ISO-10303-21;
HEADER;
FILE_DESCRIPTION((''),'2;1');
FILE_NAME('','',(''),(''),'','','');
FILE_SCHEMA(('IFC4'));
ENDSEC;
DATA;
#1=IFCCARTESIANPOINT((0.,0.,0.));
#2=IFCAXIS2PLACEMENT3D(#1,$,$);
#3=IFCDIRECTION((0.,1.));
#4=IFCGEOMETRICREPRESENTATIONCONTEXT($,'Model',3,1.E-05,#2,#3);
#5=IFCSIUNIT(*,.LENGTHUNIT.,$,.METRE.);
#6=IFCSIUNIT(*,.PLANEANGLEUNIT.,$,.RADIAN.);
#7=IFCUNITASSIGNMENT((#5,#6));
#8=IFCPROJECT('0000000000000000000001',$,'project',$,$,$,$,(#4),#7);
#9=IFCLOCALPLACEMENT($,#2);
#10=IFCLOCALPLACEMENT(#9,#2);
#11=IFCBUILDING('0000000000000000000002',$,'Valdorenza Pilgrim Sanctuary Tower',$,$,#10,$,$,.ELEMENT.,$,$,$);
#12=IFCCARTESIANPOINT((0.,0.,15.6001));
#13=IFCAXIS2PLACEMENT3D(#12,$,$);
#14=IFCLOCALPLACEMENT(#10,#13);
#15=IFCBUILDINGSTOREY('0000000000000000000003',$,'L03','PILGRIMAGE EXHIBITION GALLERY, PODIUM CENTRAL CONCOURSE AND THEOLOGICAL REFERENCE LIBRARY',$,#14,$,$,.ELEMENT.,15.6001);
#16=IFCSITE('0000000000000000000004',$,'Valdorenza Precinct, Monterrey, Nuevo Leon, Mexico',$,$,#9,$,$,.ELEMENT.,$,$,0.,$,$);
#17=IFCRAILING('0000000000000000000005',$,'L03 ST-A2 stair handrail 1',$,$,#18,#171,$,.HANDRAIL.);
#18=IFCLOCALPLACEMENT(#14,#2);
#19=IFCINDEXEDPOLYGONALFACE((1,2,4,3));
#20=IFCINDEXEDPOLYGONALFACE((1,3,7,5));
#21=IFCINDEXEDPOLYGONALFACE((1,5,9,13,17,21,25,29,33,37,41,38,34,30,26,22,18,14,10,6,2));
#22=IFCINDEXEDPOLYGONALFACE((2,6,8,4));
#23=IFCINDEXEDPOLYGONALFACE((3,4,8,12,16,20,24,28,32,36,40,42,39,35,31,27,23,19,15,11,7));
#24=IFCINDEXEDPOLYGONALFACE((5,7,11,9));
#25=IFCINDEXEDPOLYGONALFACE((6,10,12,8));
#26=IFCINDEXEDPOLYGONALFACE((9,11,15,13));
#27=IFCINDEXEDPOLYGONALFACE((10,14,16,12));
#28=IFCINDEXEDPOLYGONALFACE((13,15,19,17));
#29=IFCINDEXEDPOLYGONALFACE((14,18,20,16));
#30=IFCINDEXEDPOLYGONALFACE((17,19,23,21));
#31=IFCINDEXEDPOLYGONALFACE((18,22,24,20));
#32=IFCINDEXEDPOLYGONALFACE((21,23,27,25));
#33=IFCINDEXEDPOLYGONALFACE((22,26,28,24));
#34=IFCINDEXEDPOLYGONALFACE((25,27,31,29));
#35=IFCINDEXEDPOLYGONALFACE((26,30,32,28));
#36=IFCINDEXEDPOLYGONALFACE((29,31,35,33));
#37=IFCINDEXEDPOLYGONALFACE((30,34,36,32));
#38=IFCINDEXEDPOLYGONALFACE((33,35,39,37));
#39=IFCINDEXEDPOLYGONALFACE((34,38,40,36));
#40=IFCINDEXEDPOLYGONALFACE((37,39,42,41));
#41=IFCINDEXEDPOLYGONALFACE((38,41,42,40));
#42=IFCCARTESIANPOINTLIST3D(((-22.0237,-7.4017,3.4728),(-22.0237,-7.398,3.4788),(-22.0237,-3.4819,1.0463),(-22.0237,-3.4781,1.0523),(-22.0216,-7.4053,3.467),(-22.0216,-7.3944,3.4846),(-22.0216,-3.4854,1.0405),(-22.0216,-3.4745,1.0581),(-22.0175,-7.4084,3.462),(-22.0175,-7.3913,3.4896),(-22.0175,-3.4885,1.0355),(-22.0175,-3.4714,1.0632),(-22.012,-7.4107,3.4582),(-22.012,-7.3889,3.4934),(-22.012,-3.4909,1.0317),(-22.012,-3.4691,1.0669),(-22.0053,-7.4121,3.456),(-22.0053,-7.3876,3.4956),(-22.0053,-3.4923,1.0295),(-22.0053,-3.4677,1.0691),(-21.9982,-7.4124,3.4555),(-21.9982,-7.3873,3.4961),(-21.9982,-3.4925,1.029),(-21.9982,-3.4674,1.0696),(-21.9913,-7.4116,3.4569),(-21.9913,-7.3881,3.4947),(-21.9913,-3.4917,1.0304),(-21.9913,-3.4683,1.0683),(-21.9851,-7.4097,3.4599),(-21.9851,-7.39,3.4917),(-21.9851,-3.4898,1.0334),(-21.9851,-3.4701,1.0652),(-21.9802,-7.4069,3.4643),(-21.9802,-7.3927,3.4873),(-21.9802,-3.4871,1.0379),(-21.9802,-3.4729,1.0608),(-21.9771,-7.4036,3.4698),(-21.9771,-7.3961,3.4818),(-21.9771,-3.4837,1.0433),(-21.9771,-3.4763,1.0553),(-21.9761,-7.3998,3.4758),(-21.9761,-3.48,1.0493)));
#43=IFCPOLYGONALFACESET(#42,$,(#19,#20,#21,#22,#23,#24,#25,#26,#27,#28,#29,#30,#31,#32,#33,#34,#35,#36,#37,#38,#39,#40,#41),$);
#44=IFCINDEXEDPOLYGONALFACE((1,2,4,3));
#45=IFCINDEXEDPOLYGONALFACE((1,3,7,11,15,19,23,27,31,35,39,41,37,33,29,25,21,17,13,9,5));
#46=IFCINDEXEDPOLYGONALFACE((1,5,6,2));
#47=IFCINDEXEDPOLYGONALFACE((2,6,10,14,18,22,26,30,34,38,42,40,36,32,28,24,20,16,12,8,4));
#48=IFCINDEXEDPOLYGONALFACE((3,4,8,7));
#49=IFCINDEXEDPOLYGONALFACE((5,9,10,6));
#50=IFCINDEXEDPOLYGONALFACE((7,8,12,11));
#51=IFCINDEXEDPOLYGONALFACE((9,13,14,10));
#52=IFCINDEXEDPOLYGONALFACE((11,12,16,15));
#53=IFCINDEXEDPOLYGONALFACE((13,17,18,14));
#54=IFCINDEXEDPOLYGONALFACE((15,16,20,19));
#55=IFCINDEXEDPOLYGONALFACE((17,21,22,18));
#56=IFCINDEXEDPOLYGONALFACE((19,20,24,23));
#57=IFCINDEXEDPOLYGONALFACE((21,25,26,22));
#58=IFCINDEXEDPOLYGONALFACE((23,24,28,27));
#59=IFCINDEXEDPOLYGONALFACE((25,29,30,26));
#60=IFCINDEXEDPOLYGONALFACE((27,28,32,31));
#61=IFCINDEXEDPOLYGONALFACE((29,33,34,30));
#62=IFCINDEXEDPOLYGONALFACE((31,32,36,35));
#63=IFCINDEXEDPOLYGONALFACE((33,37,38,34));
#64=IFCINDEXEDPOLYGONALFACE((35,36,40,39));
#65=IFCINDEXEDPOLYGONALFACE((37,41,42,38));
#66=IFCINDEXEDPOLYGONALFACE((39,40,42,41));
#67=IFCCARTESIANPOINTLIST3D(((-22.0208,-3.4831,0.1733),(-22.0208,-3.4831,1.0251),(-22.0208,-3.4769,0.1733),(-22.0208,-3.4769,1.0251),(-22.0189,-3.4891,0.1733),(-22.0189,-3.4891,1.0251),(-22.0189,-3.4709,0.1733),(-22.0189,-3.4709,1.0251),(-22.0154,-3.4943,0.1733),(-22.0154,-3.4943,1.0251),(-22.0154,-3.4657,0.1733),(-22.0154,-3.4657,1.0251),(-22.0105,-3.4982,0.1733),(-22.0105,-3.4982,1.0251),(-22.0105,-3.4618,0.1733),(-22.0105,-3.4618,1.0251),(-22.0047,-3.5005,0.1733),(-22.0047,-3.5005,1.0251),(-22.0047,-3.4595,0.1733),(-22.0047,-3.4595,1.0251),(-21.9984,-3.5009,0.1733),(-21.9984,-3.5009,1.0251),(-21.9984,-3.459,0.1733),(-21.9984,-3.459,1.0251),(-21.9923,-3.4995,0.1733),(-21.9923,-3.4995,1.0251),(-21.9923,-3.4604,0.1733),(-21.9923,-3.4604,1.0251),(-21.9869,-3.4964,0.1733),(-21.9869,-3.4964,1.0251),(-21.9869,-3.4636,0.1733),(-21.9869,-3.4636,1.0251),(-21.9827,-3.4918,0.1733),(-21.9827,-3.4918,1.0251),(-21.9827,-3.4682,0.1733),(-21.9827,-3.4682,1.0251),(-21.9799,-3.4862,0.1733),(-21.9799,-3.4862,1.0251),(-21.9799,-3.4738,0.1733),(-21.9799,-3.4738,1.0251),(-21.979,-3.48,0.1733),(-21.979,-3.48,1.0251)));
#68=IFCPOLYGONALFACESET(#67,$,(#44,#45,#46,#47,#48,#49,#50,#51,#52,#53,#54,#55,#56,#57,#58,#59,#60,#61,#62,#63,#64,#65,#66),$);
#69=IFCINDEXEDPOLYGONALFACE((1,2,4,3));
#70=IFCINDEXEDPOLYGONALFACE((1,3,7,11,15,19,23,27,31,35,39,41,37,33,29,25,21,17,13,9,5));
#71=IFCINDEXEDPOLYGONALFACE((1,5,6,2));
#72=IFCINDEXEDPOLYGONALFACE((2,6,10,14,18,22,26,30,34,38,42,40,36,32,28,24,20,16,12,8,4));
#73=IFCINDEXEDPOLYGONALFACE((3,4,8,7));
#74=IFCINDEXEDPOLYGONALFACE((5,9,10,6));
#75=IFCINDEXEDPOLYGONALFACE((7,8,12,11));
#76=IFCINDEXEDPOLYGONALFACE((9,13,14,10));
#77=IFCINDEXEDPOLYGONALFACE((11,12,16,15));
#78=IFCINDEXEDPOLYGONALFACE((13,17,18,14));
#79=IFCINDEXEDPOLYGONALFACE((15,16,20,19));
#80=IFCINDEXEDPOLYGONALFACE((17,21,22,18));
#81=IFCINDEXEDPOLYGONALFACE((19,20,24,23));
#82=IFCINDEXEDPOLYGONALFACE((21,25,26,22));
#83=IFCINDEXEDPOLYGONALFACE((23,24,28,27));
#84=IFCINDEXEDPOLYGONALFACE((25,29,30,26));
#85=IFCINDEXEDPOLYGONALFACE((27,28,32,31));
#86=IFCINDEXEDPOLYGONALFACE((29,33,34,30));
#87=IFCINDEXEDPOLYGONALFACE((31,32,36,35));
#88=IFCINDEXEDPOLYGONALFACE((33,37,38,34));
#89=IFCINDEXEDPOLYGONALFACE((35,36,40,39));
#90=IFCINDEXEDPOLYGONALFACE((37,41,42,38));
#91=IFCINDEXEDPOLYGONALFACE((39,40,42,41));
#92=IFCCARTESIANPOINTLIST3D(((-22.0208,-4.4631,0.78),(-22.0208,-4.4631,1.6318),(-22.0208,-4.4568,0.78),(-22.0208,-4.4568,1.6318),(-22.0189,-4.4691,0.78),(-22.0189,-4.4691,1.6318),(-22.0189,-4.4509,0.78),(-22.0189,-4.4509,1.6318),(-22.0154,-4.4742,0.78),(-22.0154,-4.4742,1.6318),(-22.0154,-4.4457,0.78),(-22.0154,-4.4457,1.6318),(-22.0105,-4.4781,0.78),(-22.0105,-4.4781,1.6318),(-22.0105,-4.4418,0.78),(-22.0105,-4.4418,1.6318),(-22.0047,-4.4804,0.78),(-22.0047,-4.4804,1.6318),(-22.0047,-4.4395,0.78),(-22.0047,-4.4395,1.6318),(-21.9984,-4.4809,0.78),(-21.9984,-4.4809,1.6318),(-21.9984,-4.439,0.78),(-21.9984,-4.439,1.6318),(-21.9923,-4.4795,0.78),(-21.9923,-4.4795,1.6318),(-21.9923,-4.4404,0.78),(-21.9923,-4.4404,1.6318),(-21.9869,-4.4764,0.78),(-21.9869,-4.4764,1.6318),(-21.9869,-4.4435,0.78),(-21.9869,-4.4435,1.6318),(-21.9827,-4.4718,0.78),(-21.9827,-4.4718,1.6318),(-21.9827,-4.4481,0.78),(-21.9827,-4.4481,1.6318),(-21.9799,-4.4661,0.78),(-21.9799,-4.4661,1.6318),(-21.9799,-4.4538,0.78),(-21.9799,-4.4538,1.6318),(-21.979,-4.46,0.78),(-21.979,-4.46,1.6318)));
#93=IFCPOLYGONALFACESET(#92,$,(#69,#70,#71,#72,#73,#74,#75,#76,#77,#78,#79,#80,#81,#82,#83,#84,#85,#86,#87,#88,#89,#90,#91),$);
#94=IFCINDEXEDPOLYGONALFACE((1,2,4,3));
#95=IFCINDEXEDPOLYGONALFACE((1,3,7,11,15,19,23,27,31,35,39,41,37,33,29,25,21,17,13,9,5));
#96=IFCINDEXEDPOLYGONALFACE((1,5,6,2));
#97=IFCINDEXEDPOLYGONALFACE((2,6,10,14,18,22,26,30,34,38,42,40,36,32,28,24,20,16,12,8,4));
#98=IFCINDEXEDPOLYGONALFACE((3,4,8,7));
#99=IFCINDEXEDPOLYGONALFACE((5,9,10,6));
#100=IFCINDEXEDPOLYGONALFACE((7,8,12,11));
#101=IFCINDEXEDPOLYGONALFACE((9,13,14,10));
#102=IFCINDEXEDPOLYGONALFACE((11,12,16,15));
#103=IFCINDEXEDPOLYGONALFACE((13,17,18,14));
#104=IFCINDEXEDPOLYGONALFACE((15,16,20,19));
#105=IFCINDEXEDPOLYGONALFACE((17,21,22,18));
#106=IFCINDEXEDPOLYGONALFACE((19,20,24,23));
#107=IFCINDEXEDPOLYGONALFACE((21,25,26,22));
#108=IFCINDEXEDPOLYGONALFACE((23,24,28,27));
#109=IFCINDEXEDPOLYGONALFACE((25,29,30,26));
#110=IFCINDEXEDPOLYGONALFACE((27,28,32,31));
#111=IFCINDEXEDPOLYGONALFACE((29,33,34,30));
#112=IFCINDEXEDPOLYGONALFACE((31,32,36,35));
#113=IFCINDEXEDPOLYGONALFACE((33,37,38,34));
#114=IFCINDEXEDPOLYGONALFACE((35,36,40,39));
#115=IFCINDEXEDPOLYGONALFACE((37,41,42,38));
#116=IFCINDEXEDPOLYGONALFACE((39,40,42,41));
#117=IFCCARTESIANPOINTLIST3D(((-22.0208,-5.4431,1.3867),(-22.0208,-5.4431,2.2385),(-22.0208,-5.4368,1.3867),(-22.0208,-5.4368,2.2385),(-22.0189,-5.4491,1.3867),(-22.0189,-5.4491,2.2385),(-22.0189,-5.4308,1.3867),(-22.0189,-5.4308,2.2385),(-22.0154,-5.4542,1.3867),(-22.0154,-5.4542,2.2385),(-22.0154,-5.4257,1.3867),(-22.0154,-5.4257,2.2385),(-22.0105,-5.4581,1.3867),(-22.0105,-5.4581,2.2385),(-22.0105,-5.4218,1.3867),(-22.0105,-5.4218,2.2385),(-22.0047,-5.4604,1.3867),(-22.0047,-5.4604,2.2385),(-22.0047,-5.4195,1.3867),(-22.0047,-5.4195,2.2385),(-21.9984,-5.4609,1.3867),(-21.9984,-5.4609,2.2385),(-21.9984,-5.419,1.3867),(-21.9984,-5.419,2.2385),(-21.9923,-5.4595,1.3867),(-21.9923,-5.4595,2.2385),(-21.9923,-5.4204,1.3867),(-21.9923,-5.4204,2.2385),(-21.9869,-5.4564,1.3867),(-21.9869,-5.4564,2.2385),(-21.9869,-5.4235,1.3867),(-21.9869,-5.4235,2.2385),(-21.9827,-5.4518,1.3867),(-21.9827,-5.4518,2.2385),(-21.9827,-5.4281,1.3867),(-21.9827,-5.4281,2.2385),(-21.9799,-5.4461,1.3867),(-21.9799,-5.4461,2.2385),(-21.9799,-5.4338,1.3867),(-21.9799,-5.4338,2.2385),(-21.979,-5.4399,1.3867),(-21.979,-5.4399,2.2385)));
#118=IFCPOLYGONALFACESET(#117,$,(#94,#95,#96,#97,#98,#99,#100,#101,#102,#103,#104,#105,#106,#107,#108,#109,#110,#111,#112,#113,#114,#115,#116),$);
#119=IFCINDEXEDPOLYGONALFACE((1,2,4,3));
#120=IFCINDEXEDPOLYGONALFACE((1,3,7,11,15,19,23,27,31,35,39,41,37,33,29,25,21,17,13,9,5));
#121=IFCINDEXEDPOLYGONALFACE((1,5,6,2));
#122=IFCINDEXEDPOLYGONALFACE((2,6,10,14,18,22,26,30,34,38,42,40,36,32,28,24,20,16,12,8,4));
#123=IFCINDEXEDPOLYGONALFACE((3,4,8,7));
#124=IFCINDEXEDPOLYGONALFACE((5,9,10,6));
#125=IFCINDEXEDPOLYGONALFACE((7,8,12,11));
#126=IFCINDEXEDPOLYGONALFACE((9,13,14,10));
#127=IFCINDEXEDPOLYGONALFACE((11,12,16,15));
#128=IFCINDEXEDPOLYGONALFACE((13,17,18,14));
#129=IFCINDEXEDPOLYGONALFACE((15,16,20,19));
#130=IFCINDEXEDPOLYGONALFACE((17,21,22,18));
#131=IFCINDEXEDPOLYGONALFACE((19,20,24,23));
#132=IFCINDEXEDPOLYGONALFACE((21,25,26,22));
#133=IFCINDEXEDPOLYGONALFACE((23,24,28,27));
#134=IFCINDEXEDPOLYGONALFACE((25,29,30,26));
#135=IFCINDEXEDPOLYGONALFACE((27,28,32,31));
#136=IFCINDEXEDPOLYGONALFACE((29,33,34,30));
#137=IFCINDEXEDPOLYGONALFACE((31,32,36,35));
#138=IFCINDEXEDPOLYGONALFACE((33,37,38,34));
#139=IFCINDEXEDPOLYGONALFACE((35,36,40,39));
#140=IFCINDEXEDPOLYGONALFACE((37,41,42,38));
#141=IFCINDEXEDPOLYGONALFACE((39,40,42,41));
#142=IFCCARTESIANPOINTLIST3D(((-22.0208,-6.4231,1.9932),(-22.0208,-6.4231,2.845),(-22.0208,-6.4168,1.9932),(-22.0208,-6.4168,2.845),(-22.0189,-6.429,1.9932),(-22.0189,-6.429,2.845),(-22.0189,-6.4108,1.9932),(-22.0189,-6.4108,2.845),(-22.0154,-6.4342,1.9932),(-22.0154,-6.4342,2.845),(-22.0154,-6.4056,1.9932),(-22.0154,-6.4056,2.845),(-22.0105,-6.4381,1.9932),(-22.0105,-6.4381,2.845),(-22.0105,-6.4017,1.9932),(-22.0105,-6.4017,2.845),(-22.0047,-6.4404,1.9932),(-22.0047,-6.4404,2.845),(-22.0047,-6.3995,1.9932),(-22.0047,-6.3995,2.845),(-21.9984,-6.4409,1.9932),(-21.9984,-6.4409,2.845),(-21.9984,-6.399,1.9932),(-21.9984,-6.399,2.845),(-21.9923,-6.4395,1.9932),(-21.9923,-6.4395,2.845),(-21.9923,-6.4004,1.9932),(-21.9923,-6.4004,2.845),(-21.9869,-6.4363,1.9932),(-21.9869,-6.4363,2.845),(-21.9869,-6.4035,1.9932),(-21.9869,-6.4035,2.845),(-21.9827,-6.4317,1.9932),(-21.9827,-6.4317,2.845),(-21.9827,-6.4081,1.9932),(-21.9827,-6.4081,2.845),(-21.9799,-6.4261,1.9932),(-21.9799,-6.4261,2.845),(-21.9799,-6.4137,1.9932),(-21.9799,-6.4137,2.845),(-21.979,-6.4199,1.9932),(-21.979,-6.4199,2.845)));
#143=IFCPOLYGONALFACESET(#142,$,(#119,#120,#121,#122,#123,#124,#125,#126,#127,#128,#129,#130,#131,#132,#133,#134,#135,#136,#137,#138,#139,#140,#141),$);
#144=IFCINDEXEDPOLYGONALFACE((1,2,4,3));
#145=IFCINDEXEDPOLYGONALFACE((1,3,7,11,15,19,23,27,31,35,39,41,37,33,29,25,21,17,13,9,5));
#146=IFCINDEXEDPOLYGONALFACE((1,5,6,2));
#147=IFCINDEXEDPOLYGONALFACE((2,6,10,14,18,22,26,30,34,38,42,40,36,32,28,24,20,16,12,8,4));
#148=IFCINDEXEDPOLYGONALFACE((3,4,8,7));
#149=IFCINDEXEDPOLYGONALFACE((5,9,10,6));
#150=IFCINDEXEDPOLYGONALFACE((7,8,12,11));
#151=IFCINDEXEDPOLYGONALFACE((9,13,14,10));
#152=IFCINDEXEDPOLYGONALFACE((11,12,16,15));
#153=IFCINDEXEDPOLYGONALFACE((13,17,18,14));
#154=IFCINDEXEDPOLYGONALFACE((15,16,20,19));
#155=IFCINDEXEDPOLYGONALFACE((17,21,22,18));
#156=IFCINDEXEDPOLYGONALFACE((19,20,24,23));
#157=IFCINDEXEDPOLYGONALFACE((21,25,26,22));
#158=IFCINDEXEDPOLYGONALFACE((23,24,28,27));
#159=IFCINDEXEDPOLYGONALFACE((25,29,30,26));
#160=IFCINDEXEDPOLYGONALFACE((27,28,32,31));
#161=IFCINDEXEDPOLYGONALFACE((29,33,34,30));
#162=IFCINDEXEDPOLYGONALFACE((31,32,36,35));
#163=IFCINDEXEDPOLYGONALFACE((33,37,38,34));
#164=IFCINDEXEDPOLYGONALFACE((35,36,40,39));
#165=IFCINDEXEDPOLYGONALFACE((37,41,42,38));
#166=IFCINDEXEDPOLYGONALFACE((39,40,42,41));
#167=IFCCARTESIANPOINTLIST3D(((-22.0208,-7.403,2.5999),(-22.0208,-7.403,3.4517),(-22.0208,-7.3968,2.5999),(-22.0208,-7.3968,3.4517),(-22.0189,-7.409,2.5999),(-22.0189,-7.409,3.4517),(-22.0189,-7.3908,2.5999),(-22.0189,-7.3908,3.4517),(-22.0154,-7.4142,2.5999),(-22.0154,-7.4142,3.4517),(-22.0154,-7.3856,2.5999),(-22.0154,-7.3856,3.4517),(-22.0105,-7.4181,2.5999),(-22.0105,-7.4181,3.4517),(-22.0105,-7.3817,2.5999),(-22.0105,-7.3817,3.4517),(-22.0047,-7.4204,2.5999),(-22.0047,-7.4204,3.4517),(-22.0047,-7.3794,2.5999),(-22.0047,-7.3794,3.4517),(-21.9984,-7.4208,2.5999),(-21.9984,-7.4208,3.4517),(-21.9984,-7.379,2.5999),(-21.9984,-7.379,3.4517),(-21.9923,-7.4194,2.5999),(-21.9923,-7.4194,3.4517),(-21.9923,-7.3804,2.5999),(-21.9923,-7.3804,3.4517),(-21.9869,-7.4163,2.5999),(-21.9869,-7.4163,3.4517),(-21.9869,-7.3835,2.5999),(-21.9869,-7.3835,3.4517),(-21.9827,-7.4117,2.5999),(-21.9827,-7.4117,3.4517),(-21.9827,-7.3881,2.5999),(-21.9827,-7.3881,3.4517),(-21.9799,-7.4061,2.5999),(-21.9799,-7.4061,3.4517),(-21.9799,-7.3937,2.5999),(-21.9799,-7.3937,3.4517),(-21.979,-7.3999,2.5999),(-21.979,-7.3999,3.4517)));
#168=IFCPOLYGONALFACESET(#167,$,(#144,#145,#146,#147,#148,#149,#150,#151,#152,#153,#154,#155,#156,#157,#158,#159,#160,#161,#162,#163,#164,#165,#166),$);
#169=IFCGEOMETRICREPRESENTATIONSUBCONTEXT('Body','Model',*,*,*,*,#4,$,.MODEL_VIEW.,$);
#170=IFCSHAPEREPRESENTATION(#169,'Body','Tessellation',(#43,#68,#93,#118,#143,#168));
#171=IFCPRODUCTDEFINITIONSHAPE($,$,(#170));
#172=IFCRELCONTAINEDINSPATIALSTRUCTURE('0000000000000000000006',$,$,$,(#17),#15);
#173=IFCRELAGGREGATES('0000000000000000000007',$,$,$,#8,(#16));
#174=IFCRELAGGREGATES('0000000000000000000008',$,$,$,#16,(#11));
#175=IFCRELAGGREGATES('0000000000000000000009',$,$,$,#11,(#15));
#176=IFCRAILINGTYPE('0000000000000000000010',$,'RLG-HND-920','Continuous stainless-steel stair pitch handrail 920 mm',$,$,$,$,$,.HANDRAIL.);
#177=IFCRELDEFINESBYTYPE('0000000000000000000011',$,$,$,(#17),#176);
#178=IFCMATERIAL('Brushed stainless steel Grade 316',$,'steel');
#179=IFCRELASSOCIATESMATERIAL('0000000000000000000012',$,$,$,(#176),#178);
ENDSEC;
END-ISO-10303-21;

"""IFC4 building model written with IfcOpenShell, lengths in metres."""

from ifc_helpers import new_model, si_unit, direction, frame, origin, origin_2d, place, context, subcontext, project, spatial, circle, extrude, material, type_object, element, save


model = new_model("IFC4")

# Units and contexts
model_context = context("Model", 3, precision=1e-05, world=origin(), true_north=direction((0.0, 1.0)))
body_context = subcontext(model_context, "Body", "Model", "MODEL_VIEW")
ifc_project = project(units=[si_unit("LENGTHUNIT", "METRE"), si_unit("PLANEANGLEUNIT", "RADIAN")], contexts=[model_context])

# Site, building, storey
site_placement = place(None, origin())
site = spatial("IfcSite", under=ifc_project, at=site_placement, Name="Valdorenza Precinct, Monterrey, Nuevo Leon, Mexico", CompositionType="ELEMENT", RefElevation=0.0)
building_placement = place(site_placement, origin())
building = spatial("IfcBuilding", under=site, at=building_placement, Name="Valdorenza Pilgrim Sanctuary Tower", CompositionType="ELEMENT")
storey_placement = place(building_placement, frame((0.0, 0.0, 15.6001)))
storey = spatial("IfcBuildingStorey", under=building, at=storey_placement, Name="L03", Description="PILGRIMAGE EXHIBITION GALLERY, PODIUM CENTRAL CONCOURSE AND THEOLOGICAL REFERENCE LIBRARY", CompositionType="ELEMENT", Elevation=15.6001)

# Railing
ifc_material_1 = material(Name="Brushed stainless steel Grade 316", Category="steel")
railing_type_1 = type_object("IfcRailingType", Name="RLG-HND-920", Description="Continuous stainless-steel stair pitch handrail 920 mm", PredefinedType="HANDRAIL", material=ifc_material_1)
railing_1_placement = place(storey_placement, frame((-22.0, -3.48, 0.1733)))
element("IfcRailing", 1, at=railing_1_placement, inside=storey, type_object=railing_type_1, Name="L03 ST-A2 stair handrail 1", PredefinedType="HANDRAIL", context=body_context, shape_type="SweptSolid", body=[
    extrude(circle(Radius=0.0239, at=origin_2d()), frame((0.0, 0.0, 0.876), z_axis=(0.0, -0.850275, 0.526338), x_axis=(1.0, 0.0, 0.0)), (0.0, 0.0, 1.0), 4.6101),
    extrude(circle(Radius=0.021, at=origin_2d()), origin(), (0.0, 0.0, 1.0), 0.8518),
    extrude(circle(Radius=0.021, at=origin_2d()), frame((0.0, -0.98, 0.6067)), (0.0, 0.0, 1.0), 0.8518),
    extrude(circle(Radius=0.021, at=origin_2d()), frame((0.0, -1.96, 1.2134)), (0.0, 0.0, 1.0), 0.8518),
    extrude(circle(Radius=0.021, at=origin_2d()), frame((0.0, -2.9399, 1.8198)), (0.0, 0.0, 1.0), 0.8518),
    extrude(circle(Radius=0.021, at=origin_2d()), frame((0.0, -3.9199, 2.4265)), (0.0, 0.0, 1.0), 0.8518),
])

save(model, "model.ifc")
